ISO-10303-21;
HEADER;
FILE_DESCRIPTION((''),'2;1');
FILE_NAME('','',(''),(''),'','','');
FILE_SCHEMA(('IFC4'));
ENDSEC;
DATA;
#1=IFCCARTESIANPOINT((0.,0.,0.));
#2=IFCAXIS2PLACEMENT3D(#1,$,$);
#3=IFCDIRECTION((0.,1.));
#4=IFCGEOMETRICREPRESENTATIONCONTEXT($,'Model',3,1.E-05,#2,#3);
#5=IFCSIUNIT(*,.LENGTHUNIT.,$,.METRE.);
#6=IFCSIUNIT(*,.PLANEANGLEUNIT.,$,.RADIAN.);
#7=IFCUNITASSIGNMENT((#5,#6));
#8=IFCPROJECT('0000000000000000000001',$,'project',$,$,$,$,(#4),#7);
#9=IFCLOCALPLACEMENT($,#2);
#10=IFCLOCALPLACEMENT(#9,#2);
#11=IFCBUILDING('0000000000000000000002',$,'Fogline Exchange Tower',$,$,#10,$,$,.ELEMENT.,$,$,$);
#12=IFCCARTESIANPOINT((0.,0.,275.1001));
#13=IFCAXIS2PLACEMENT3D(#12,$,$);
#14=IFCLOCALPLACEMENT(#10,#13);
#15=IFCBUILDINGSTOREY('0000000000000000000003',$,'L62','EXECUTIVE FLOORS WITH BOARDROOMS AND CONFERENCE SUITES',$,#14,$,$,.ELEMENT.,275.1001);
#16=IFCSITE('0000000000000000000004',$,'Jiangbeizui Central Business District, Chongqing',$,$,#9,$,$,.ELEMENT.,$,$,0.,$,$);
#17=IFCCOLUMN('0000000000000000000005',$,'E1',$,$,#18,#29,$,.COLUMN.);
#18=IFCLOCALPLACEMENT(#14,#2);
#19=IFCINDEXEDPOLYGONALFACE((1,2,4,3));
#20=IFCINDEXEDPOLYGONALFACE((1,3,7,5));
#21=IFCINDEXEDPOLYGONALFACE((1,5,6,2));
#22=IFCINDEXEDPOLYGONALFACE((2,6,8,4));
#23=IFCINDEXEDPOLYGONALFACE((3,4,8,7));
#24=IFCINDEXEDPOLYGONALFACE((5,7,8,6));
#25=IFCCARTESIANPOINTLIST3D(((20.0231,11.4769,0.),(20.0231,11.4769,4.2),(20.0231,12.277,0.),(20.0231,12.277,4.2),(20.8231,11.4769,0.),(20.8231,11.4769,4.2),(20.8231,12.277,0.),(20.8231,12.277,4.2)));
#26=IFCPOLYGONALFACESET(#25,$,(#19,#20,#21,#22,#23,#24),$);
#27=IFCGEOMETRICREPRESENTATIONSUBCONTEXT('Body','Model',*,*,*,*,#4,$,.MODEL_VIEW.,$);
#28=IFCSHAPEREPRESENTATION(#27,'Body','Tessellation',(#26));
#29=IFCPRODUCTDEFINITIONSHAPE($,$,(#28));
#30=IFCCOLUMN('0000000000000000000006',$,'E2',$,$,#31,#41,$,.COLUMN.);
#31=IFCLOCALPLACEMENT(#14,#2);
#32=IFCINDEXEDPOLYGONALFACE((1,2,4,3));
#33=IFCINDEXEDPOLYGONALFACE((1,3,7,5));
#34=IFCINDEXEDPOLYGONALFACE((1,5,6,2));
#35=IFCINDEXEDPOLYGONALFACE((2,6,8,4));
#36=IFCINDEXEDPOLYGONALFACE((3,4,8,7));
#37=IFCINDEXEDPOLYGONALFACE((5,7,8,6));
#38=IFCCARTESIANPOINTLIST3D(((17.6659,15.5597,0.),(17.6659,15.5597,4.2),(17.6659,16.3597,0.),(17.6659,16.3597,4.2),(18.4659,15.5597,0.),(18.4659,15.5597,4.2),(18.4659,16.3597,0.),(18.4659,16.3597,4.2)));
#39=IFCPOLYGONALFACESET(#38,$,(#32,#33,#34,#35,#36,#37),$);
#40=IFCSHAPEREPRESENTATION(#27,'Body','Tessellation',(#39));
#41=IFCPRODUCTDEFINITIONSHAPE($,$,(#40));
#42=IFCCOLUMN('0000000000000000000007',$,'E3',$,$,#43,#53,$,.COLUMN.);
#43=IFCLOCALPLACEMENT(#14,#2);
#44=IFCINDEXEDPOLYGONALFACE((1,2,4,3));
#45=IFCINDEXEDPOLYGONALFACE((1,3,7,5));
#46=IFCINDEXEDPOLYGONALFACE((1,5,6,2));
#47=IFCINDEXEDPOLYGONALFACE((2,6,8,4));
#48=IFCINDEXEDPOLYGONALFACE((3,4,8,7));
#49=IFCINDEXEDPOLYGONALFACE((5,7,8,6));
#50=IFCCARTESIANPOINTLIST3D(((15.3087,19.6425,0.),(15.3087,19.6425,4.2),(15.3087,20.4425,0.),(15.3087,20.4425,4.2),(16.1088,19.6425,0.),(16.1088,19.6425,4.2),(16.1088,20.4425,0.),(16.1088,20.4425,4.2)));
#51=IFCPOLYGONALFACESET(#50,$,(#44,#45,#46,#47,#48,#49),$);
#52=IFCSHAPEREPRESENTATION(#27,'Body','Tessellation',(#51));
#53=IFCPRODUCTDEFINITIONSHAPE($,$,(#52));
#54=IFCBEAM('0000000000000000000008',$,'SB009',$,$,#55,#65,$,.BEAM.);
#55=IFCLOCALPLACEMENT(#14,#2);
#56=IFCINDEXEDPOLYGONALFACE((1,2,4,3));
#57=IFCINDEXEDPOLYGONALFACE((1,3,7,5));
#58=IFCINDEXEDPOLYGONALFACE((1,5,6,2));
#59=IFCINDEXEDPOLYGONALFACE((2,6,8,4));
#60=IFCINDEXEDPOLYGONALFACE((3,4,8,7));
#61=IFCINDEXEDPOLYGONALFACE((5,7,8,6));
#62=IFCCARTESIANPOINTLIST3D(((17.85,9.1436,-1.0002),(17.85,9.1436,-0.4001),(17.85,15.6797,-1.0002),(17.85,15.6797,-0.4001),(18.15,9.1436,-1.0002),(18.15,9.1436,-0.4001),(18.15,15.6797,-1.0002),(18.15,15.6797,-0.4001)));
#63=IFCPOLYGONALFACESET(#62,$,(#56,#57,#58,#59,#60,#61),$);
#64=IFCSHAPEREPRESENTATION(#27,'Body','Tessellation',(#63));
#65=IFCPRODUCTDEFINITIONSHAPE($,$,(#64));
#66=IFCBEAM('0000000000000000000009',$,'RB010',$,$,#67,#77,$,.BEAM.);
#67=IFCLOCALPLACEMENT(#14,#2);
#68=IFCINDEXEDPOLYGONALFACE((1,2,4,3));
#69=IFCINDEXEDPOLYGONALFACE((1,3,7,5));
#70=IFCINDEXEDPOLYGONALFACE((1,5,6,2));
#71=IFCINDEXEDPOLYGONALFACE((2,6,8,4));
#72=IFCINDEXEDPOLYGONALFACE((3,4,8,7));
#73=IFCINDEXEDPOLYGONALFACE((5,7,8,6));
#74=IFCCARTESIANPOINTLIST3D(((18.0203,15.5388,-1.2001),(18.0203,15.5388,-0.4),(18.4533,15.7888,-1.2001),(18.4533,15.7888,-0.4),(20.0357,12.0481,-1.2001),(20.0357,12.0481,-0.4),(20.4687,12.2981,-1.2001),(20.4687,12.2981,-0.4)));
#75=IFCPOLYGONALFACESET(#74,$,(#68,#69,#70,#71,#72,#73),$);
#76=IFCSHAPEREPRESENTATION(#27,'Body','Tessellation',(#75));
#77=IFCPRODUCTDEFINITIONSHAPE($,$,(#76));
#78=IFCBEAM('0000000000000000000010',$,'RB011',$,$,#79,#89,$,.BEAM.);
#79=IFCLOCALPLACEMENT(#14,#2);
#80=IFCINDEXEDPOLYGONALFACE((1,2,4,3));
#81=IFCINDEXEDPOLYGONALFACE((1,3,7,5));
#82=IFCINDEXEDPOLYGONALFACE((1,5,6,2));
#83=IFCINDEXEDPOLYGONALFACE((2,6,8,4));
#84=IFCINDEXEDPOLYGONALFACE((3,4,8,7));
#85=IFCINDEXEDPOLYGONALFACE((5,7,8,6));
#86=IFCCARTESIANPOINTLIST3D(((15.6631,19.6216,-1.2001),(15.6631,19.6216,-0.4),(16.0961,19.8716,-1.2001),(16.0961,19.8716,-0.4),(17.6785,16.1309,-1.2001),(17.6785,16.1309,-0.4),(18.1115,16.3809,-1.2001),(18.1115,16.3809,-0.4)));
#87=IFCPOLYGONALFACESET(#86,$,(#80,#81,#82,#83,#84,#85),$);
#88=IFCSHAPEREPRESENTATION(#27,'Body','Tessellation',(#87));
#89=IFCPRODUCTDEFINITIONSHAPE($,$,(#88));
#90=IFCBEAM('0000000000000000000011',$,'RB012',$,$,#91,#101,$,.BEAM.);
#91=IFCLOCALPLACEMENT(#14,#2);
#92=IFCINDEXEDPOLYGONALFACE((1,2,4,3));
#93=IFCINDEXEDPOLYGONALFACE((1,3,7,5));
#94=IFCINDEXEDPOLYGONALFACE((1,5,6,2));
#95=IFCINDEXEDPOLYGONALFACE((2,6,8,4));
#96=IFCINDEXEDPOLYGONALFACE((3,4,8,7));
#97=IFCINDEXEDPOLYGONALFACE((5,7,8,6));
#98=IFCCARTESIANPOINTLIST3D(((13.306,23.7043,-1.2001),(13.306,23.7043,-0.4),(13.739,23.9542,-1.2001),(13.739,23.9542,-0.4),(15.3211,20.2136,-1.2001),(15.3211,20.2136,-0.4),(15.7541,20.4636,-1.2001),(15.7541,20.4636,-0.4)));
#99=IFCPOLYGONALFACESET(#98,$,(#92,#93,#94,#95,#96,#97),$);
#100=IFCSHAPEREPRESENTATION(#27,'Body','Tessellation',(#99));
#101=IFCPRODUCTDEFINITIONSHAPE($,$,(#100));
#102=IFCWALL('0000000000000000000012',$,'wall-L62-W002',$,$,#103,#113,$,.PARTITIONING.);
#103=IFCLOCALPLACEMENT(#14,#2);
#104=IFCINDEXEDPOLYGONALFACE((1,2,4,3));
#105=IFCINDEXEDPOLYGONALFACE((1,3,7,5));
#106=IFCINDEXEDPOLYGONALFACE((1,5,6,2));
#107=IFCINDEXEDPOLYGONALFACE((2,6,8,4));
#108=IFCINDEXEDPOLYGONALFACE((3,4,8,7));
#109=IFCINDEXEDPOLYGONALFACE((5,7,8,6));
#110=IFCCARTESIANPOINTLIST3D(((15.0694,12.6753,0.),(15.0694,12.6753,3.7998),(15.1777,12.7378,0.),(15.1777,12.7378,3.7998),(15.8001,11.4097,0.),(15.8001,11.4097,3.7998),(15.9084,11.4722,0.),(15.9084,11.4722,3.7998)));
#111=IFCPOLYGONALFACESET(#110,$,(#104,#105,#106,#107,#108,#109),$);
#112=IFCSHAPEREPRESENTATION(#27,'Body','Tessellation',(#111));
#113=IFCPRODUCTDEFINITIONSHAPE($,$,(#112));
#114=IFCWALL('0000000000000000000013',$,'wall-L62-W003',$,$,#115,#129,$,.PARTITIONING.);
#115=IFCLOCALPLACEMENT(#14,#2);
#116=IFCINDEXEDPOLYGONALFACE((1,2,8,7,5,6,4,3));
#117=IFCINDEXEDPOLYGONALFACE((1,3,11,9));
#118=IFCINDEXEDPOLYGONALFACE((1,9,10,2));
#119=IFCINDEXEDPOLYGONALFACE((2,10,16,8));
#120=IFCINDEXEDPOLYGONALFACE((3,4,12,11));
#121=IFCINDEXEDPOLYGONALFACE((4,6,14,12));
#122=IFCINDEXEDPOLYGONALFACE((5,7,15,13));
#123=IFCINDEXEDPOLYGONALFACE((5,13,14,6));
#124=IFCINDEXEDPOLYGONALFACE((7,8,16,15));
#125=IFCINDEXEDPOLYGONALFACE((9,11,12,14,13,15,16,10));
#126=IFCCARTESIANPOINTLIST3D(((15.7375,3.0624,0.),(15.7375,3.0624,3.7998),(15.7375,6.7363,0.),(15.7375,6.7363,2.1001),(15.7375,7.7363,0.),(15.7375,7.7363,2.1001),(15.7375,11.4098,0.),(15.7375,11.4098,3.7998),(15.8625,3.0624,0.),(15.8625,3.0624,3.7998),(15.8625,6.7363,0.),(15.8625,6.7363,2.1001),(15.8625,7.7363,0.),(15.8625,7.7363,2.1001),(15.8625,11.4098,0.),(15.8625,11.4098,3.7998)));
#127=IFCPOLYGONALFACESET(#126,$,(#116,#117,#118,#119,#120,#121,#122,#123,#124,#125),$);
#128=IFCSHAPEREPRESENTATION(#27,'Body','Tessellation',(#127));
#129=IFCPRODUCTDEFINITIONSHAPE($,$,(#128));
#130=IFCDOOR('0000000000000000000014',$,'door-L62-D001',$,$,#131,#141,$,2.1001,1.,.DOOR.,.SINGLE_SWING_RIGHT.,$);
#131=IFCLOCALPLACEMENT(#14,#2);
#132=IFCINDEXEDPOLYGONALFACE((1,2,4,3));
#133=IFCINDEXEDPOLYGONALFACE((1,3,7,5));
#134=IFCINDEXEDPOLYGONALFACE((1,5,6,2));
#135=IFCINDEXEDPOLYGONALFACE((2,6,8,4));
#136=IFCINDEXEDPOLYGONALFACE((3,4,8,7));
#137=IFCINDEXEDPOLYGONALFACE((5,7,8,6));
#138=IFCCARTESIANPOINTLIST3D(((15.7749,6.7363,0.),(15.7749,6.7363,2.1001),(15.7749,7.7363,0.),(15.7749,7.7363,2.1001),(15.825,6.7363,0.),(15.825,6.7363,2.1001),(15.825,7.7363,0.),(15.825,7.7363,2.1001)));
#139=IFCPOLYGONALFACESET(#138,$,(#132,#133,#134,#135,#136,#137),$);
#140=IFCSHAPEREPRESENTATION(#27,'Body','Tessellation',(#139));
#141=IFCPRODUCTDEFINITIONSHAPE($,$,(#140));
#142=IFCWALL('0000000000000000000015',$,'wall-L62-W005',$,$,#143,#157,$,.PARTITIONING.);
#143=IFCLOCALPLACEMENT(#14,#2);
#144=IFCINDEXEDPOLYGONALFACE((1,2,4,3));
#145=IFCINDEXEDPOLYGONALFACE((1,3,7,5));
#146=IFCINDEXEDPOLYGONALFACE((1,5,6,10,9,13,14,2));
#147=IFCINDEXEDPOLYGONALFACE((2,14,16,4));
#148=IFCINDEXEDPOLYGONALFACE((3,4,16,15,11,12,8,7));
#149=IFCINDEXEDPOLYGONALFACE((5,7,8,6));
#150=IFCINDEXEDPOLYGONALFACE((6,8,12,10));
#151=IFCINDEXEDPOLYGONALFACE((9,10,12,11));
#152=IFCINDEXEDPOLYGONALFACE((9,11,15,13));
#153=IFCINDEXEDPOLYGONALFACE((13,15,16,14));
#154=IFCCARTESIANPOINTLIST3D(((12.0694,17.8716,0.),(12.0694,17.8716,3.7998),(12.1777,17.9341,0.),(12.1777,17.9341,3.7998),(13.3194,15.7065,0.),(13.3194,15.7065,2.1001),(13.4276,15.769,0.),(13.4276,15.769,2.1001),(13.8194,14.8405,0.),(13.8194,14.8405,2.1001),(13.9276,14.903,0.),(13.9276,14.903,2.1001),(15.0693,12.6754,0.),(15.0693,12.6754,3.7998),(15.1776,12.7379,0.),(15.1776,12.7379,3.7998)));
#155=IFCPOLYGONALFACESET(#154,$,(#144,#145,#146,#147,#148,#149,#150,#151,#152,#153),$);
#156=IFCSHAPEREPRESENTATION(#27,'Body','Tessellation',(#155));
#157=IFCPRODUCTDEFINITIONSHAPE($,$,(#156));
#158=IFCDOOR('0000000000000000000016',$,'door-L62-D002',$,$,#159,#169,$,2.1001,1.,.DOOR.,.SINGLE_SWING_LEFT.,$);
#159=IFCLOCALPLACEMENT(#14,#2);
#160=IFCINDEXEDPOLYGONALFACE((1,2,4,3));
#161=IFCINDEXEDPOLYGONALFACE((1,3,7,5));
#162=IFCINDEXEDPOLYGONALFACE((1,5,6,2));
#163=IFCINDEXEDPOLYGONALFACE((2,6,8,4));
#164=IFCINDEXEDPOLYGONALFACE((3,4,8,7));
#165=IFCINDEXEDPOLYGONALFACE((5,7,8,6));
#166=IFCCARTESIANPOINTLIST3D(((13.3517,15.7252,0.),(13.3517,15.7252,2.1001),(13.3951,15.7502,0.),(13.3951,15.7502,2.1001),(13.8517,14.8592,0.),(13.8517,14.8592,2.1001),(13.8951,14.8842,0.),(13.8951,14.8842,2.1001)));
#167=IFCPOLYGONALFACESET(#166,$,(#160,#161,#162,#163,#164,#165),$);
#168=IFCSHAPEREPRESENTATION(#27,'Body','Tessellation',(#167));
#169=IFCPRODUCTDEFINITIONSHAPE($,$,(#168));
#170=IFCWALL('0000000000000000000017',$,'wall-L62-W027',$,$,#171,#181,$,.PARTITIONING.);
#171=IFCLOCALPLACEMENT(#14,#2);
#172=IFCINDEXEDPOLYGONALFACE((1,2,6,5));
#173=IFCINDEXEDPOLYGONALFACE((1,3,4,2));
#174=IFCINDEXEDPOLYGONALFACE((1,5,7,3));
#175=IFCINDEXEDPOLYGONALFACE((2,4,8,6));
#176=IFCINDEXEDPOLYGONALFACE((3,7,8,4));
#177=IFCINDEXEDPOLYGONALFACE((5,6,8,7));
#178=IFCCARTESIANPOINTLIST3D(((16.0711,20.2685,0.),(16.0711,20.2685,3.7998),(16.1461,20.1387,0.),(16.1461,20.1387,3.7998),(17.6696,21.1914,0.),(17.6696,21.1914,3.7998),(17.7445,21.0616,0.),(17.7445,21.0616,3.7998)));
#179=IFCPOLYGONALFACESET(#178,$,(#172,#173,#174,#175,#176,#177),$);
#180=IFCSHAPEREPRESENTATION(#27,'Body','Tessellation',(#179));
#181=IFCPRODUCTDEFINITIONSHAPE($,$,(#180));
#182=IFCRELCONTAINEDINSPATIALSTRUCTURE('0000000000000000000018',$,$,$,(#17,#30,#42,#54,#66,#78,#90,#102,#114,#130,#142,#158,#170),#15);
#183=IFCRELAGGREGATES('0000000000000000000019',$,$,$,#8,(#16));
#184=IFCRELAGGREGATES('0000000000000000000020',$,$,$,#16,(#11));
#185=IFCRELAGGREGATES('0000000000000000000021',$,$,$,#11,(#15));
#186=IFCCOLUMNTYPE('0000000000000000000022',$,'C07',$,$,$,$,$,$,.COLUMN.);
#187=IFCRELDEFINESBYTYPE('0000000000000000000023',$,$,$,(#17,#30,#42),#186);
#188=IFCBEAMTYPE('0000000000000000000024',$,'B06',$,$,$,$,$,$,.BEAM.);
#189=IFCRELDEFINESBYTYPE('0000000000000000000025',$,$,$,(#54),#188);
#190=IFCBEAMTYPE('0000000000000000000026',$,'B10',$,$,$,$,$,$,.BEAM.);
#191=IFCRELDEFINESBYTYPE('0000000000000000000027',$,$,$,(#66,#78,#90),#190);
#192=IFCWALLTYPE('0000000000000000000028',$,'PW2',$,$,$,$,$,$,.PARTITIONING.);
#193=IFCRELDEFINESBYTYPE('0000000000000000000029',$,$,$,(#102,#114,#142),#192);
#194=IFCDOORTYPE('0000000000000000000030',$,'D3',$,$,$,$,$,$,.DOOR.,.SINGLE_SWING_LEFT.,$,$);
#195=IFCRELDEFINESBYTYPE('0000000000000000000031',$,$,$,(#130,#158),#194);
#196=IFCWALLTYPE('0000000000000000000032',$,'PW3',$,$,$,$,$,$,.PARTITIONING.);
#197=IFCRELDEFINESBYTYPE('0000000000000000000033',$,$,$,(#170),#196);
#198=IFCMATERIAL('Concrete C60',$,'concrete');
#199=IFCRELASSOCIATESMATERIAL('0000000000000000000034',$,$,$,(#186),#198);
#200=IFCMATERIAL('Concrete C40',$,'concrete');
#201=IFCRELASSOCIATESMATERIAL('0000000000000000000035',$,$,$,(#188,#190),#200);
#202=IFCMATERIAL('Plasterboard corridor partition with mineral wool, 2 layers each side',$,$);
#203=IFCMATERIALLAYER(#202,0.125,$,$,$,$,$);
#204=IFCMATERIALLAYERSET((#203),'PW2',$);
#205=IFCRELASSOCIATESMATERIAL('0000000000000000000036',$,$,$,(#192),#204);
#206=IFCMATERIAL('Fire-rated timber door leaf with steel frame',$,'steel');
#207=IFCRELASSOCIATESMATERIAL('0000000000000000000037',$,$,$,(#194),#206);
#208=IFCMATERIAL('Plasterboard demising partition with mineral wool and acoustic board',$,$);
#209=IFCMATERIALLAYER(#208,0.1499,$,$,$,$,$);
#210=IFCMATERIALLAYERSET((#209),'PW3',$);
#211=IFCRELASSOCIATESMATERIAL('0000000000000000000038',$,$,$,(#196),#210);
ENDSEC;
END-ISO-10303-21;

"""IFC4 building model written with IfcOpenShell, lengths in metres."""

from ifc_helpers import new_model, si_unit, direction, frame, frame_2d, origin, origin_2d, place, context, subcontext, project, spatial, rectangle, extrude, material, layer, layer_set, material_profile, profile_set, type_object, element, fill, save


model = new_model("IFC4")

# Units and contexts
model_context = context("Model", 3, precision=1e-05, world=origin(), true_north=direction((0.0, 1.0)))
body_context = subcontext(model_context, "Body", "Model", "MODEL_VIEW")
ifc_project = project(units=[si_unit("LENGTHUNIT", "METRE"), si_unit("PLANEANGLEUNIT", "RADIAN")], contexts=[model_context])

# Site, building, storey
site_placement = place(None, origin())
site = spatial("IfcSite", under=ifc_project, at=site_placement, Name="Jiangbeizui Central Business District, Chongqing", CompositionType="ELEMENT", RefElevation=0.0)
building_placement = place(site_placement, origin())
building = spatial("IfcBuilding", under=site, at=building_placement, Name="Fogline Exchange Tower", CompositionType="ELEMENT")
storey_placement = place(building_placement, frame((0.0, 0.0, 275.1001)))
storey = spatial("IfcBuildingStorey", under=building, at=storey_placement, Name="L62", Description="EXECUTIVE FLOORS WITH BOARDROOMS AND CONFERENCE SUITES", CompositionType="ELEMENT", Elevation=275.1001)

# Columns
ifc_material_1 = material(Name="Concrete C60", Category="concrete")
ifc_material_profile_1 = material_profile(ifc_material_1, rectangle(XDim=0.8, YDim=0.8, at=origin_2d()), Name="RC 800x800")
ifc_profile_set_1 = profile_set([ifc_material_profile_1], Name="Concrete C60")
column_type = type_object("IfcColumnType", Name="C07", PredefinedType="COLUMN", material=ifc_profile_set_1)
for number, where, z_axis, x_axis, name in (
    (1, (20.4231, 11.877, 0.0), (0.0, 0.0, 1.0), (1.0, 0.0, 0.0), "E1"),
    (2, (18.0659, 15.9597, 0.0), (0.0, 0.0, 1.0), (1.0, 0.0, 0.0), "E2"),
    (3, (15.7087, 20.0425, 0.0), (0.0, 0.0, 1.0), (1.0, 0.0, 0.0), "E3"),
):
    element("IfcColumn", number, at=place(storey_placement, frame(where, z_axis=z_axis, x_axis=x_axis)), inside=storey, type_object=column_type, Name=name, PredefinedType="COLUMN", context=body_context, shape_type="SweptSolid", body=[
        extrude(rectangle(XDim=0.8, YDim=0.8, at=origin_2d()), origin(), (0.0, 0.0, 1.0), 4.2),
    ])

# Beams
ifc_material_2 = material(Name="Concrete C40", Category="concrete")
ifc_material_profile_2 = material_profile(ifc_material_2, rectangle(XDim=0.3, YDim=0.6001, at=origin_2d()), Name="RC 300x600")
ifc_profile_set_2 = profile_set([ifc_material_profile_2], Name="Concrete C40")
beam_type_1 = type_object("IfcBeamType", Name="B06", PredefinedType="BEAM", material=ifc_profile_set_2)
beam_1_placement = place(storey_placement, frame((18.0, 9.1436, -0.7002), z_axis=(0.0, 1.0, 0.0), x_axis=(-1.0, 0.0, 0.0)))
element("IfcBeam", 4, at=beam_1_placement, inside=storey, type_object=beam_type_1, Name="SB009", PredefinedType="BEAM", context=body_context, shape_type="SweptSolid", body=[
    extrude(rectangle(XDim=0.3, YDim=0.6001, at=origin_2d()), origin(), (0.0, 0.0, 1.0), 6.5361),
])
ifc_material_profile_3 = material_profile(ifc_material_2, rectangle(XDim=0.5, YDim=0.8, at=origin_2d()), Name="RC 500x800")
ifc_profile_set_3 = profile_set([ifc_material_profile_3], Name="Concrete C40")
beam_type_2 = type_object("IfcBeamType", Name="B10", PredefinedType="BEAM", material=ifc_profile_set_3)
for number, where, z_axis, x_axis, name in (
    (5, (20.2522, 12.1731, -0.8), (-0.500002, 0.866024, 0.0), (-0.866024, -0.500002, 0.0), "RB010"),
    (6, (17.895, 16.2559, -0.8), (-0.500002, 0.866024, 0.0), (-0.866024, -0.500002, 0.0), "RB011"),
):
    element("IfcBeam", number, at=place(storey_placement, frame(where, z_axis=z_axis, x_axis=x_axis)), inside=storey, type_object=beam_type_2, Name=name, PredefinedType="BEAM", context=body_context, shape_type="SweptSolid", body=[
        extrude(rectangle(XDim=0.5, YDim=0.8, at=origin_2d()), origin(), (0.0, 0.0, 1.0), 4.0308),
    ])
beam_2_placement = place(storey_placement, frame((15.5376, 20.3386, -0.8), z_axis=(-0.499957, 0.86605, 0.0), x_axis=(-0.86605, -0.499957, 0.0)))
element("IfcBeam", 7, at=beam_2_placement, inside=storey, type_object=beam_type_2, Name="RB012", PredefinedType="BEAM", context=body_context, shape_type="SweptSolid", body=[
    extrude(rectangle(XDim=0.5, YDim=0.8, at=origin_2d()), origin(), (0.0, 0.0, 1.0), 4.0305),
])

# Wall
ifc_material_3 = material(Name="Plasterboard corridor partition with mineral wool, 2 layers each side")
ifc_layer_1 = layer(ifc_material_3, 0.125)
ifc_layer_set_1 = layer_set([ifc_layer_1], Name="PW2")
wall_type_1 = type_object("IfcWallType", Name="PW2", PredefinedType="PARTITIONING", material=ifc_layer_set_1)
wall_1_placement = place(storey_placement, frame((15.1235, 12.7065, 0.0), z_axis=(0.0, 0.0, 1.0), x_axis=(0.500002, -0.866024, 0.0)))
element("IfcWall", 8, at=wall_1_placement, inside=storey, type_object=wall_type_1, Name="wall-L62-W002", PredefinedType="PARTITIONING", context=body_context, shape_type="SweptSolid", body=[
    extrude(rectangle(XDim=1.4614, YDim=0.125, at=frame_2d((0.7307, 0.0))), origin(), (0.0, 0.0, 1.0), 3.7998),
])

# Walls, openings, doors
wall_2_placement = place(storey_placement, frame((15.8, 11.4099, 0.0), z_axis=(0.0, 0.0, 1.0), x_axis=(0.0, -1.0, 0.0)))
wall_2 = element("IfcWall", 9, at=wall_2_placement, inside=storey, type_object=wall_type_1, Name="wall-L62-W003", PredefinedType="PARTITIONING", context=body_context, shape_type="SweptSolid", body=[
    extrude(rectangle(XDim=8.3474, YDim=0.125, at=frame_2d((4.1738, 0.0))), origin(), (0.0, 0.0, 1.0), 3.7998),
])
opening_1_placement = place(wall_2_placement, frame((3.6736, 0.0, 0.0)))
opening_1 = element("IfcOpeningElement", 10, at=opening_1_placement, cuts=wall_2, PredefinedType="OPENING", context=body_context, shape_type="SweptSolid", body=[
    extrude(rectangle(XDim=1.0, YDim=2.1001, at=frame_2d((0.5, 1.05))), frame((0.0, 0.0725, 0.0), z_axis=(0.0, -1.0, 0.0), x_axis=(1.0, 0.0, 0.0)), (0.0, 0.0, 1.0), 0.145),
])
ifc_material_4 = material(Name="Fire-rated timber door leaf with steel frame", Category="steel")
door_type = type_object("IfcDoorType", Name="D3", OperationType="SINGLE_SWING_LEFT", PredefinedType="DOOR", material=ifc_material_4)
door_1_placement = place(opening_1_placement, origin())
door_1 = element("IfcDoor", 11, at=door_1_placement, inside=storey, type_object=door_type, Name="door-L62-D001", OperationType="SINGLE_SWING_RIGHT", OverallHeight=2.1001, OverallWidth=1.0, PredefinedType="DOOR", context=body_context, shape_type="SweptSolid", body=[
    extrude(rectangle(XDim=1.0, YDim=2.1001, at=frame_2d((0.5, 1.05))), frame((0.0, 0.0249, 0.0), z_axis=(0.0, -1.0, 0.0), x_axis=(1.0, 0.0, 0.0)), (0.0, 0.0, 1.0), 0.05),
])
fill(opening_1, door_1)
wall_3_placement = place(storey_placement, frame((12.1235, 17.9028, 0.0), z_axis=(0.0, 0.0, 1.0), x_axis=(0.49999, -0.866031, 0.0)))
wall_3 = element("IfcWall", 12, at=wall_3_placement, inside=storey, type_object=wall_type_1, Name="wall-L62-W005", PredefinedType="PARTITIONING", context=body_context, shape_type="SweptSolid", body=[
    extrude(rectangle(XDim=6.0, YDim=0.125, at=frame_2d((3.0, 0.0))), origin(), (0.0, 0.0, 1.0), 3.7998),
])
opening_2_placement = place(wall_3_placement, frame((2.5, 0.0, 0.0)))
opening_2 = element("IfcOpeningElement", 13, at=opening_2_placement, cuts=wall_3, PredefinedType="OPENING", context=body_context, shape_type="SweptSolid", body=[
    extrude(rectangle(XDim=1.0, YDim=2.1001, at=frame_2d((0.5, 1.05))), frame((0.0, 0.0725, 0.0), z_axis=(0.0, -1.0, 0.0), x_axis=(1.0, 0.0, 0.0)), (0.0, 0.0, 1.0), 0.145),
])
door_2_placement = place(opening_2_placement, origin())
door_2 = element("IfcDoor", 14, at=door_2_placement, inside=storey, type_object=door_type, Name="door-L62-D002", OperationType="SINGLE_SWING_LEFT", OverallHeight=2.1001, OverallWidth=1.0, PredefinedType="DOOR", context=body_context, shape_type="SweptSolid", body=[
    extrude(rectangle(XDim=1.0, YDim=2.1001, at=frame_2d((0.5, 1.05))), frame((0.0, 0.0249, 0.0), z_axis=(0.0, -1.0, 0.0), x_axis=(1.0, 0.0, 0.0)), (0.0, 0.0, 1.0), 0.05),
])
fill(opening_2, door_2)

# Wall
ifc_material_5 = material(Name="Plasterboard demising partition with mineral wool and acoustic board")
ifc_layer_2 = layer(ifc_material_5, 0.1499)
ifc_layer_set_2 = layer_set([ifc_layer_2], Name="PW3")
wall_type_2 = type_object("IfcWallType", Name="PW3", PredefinedType="PARTITIONING", material=ifc_layer_set_2)
wall_4_placement = place(storey_placement, frame((17.707, 21.1265, 0.0), z_axis=(0.0, 0.0, 1.0), x_axis=(-0.86602, -0.500009, 0.0)))
element("IfcWall", 15, at=wall_4_placement, inside=storey, type_object=wall_type_2, Name="wall-L62-W027", PredefinedType="PARTITIONING", context=body_context, shape_type="SweptSolid", body=[
    extrude(rectangle(XDim=1.8457, YDim=0.1499, at=frame_2d((0.9229, 0.0))), origin(), (0.0, 0.0, 1.0), 3.7998),
])

save(model, "model.ifc")
